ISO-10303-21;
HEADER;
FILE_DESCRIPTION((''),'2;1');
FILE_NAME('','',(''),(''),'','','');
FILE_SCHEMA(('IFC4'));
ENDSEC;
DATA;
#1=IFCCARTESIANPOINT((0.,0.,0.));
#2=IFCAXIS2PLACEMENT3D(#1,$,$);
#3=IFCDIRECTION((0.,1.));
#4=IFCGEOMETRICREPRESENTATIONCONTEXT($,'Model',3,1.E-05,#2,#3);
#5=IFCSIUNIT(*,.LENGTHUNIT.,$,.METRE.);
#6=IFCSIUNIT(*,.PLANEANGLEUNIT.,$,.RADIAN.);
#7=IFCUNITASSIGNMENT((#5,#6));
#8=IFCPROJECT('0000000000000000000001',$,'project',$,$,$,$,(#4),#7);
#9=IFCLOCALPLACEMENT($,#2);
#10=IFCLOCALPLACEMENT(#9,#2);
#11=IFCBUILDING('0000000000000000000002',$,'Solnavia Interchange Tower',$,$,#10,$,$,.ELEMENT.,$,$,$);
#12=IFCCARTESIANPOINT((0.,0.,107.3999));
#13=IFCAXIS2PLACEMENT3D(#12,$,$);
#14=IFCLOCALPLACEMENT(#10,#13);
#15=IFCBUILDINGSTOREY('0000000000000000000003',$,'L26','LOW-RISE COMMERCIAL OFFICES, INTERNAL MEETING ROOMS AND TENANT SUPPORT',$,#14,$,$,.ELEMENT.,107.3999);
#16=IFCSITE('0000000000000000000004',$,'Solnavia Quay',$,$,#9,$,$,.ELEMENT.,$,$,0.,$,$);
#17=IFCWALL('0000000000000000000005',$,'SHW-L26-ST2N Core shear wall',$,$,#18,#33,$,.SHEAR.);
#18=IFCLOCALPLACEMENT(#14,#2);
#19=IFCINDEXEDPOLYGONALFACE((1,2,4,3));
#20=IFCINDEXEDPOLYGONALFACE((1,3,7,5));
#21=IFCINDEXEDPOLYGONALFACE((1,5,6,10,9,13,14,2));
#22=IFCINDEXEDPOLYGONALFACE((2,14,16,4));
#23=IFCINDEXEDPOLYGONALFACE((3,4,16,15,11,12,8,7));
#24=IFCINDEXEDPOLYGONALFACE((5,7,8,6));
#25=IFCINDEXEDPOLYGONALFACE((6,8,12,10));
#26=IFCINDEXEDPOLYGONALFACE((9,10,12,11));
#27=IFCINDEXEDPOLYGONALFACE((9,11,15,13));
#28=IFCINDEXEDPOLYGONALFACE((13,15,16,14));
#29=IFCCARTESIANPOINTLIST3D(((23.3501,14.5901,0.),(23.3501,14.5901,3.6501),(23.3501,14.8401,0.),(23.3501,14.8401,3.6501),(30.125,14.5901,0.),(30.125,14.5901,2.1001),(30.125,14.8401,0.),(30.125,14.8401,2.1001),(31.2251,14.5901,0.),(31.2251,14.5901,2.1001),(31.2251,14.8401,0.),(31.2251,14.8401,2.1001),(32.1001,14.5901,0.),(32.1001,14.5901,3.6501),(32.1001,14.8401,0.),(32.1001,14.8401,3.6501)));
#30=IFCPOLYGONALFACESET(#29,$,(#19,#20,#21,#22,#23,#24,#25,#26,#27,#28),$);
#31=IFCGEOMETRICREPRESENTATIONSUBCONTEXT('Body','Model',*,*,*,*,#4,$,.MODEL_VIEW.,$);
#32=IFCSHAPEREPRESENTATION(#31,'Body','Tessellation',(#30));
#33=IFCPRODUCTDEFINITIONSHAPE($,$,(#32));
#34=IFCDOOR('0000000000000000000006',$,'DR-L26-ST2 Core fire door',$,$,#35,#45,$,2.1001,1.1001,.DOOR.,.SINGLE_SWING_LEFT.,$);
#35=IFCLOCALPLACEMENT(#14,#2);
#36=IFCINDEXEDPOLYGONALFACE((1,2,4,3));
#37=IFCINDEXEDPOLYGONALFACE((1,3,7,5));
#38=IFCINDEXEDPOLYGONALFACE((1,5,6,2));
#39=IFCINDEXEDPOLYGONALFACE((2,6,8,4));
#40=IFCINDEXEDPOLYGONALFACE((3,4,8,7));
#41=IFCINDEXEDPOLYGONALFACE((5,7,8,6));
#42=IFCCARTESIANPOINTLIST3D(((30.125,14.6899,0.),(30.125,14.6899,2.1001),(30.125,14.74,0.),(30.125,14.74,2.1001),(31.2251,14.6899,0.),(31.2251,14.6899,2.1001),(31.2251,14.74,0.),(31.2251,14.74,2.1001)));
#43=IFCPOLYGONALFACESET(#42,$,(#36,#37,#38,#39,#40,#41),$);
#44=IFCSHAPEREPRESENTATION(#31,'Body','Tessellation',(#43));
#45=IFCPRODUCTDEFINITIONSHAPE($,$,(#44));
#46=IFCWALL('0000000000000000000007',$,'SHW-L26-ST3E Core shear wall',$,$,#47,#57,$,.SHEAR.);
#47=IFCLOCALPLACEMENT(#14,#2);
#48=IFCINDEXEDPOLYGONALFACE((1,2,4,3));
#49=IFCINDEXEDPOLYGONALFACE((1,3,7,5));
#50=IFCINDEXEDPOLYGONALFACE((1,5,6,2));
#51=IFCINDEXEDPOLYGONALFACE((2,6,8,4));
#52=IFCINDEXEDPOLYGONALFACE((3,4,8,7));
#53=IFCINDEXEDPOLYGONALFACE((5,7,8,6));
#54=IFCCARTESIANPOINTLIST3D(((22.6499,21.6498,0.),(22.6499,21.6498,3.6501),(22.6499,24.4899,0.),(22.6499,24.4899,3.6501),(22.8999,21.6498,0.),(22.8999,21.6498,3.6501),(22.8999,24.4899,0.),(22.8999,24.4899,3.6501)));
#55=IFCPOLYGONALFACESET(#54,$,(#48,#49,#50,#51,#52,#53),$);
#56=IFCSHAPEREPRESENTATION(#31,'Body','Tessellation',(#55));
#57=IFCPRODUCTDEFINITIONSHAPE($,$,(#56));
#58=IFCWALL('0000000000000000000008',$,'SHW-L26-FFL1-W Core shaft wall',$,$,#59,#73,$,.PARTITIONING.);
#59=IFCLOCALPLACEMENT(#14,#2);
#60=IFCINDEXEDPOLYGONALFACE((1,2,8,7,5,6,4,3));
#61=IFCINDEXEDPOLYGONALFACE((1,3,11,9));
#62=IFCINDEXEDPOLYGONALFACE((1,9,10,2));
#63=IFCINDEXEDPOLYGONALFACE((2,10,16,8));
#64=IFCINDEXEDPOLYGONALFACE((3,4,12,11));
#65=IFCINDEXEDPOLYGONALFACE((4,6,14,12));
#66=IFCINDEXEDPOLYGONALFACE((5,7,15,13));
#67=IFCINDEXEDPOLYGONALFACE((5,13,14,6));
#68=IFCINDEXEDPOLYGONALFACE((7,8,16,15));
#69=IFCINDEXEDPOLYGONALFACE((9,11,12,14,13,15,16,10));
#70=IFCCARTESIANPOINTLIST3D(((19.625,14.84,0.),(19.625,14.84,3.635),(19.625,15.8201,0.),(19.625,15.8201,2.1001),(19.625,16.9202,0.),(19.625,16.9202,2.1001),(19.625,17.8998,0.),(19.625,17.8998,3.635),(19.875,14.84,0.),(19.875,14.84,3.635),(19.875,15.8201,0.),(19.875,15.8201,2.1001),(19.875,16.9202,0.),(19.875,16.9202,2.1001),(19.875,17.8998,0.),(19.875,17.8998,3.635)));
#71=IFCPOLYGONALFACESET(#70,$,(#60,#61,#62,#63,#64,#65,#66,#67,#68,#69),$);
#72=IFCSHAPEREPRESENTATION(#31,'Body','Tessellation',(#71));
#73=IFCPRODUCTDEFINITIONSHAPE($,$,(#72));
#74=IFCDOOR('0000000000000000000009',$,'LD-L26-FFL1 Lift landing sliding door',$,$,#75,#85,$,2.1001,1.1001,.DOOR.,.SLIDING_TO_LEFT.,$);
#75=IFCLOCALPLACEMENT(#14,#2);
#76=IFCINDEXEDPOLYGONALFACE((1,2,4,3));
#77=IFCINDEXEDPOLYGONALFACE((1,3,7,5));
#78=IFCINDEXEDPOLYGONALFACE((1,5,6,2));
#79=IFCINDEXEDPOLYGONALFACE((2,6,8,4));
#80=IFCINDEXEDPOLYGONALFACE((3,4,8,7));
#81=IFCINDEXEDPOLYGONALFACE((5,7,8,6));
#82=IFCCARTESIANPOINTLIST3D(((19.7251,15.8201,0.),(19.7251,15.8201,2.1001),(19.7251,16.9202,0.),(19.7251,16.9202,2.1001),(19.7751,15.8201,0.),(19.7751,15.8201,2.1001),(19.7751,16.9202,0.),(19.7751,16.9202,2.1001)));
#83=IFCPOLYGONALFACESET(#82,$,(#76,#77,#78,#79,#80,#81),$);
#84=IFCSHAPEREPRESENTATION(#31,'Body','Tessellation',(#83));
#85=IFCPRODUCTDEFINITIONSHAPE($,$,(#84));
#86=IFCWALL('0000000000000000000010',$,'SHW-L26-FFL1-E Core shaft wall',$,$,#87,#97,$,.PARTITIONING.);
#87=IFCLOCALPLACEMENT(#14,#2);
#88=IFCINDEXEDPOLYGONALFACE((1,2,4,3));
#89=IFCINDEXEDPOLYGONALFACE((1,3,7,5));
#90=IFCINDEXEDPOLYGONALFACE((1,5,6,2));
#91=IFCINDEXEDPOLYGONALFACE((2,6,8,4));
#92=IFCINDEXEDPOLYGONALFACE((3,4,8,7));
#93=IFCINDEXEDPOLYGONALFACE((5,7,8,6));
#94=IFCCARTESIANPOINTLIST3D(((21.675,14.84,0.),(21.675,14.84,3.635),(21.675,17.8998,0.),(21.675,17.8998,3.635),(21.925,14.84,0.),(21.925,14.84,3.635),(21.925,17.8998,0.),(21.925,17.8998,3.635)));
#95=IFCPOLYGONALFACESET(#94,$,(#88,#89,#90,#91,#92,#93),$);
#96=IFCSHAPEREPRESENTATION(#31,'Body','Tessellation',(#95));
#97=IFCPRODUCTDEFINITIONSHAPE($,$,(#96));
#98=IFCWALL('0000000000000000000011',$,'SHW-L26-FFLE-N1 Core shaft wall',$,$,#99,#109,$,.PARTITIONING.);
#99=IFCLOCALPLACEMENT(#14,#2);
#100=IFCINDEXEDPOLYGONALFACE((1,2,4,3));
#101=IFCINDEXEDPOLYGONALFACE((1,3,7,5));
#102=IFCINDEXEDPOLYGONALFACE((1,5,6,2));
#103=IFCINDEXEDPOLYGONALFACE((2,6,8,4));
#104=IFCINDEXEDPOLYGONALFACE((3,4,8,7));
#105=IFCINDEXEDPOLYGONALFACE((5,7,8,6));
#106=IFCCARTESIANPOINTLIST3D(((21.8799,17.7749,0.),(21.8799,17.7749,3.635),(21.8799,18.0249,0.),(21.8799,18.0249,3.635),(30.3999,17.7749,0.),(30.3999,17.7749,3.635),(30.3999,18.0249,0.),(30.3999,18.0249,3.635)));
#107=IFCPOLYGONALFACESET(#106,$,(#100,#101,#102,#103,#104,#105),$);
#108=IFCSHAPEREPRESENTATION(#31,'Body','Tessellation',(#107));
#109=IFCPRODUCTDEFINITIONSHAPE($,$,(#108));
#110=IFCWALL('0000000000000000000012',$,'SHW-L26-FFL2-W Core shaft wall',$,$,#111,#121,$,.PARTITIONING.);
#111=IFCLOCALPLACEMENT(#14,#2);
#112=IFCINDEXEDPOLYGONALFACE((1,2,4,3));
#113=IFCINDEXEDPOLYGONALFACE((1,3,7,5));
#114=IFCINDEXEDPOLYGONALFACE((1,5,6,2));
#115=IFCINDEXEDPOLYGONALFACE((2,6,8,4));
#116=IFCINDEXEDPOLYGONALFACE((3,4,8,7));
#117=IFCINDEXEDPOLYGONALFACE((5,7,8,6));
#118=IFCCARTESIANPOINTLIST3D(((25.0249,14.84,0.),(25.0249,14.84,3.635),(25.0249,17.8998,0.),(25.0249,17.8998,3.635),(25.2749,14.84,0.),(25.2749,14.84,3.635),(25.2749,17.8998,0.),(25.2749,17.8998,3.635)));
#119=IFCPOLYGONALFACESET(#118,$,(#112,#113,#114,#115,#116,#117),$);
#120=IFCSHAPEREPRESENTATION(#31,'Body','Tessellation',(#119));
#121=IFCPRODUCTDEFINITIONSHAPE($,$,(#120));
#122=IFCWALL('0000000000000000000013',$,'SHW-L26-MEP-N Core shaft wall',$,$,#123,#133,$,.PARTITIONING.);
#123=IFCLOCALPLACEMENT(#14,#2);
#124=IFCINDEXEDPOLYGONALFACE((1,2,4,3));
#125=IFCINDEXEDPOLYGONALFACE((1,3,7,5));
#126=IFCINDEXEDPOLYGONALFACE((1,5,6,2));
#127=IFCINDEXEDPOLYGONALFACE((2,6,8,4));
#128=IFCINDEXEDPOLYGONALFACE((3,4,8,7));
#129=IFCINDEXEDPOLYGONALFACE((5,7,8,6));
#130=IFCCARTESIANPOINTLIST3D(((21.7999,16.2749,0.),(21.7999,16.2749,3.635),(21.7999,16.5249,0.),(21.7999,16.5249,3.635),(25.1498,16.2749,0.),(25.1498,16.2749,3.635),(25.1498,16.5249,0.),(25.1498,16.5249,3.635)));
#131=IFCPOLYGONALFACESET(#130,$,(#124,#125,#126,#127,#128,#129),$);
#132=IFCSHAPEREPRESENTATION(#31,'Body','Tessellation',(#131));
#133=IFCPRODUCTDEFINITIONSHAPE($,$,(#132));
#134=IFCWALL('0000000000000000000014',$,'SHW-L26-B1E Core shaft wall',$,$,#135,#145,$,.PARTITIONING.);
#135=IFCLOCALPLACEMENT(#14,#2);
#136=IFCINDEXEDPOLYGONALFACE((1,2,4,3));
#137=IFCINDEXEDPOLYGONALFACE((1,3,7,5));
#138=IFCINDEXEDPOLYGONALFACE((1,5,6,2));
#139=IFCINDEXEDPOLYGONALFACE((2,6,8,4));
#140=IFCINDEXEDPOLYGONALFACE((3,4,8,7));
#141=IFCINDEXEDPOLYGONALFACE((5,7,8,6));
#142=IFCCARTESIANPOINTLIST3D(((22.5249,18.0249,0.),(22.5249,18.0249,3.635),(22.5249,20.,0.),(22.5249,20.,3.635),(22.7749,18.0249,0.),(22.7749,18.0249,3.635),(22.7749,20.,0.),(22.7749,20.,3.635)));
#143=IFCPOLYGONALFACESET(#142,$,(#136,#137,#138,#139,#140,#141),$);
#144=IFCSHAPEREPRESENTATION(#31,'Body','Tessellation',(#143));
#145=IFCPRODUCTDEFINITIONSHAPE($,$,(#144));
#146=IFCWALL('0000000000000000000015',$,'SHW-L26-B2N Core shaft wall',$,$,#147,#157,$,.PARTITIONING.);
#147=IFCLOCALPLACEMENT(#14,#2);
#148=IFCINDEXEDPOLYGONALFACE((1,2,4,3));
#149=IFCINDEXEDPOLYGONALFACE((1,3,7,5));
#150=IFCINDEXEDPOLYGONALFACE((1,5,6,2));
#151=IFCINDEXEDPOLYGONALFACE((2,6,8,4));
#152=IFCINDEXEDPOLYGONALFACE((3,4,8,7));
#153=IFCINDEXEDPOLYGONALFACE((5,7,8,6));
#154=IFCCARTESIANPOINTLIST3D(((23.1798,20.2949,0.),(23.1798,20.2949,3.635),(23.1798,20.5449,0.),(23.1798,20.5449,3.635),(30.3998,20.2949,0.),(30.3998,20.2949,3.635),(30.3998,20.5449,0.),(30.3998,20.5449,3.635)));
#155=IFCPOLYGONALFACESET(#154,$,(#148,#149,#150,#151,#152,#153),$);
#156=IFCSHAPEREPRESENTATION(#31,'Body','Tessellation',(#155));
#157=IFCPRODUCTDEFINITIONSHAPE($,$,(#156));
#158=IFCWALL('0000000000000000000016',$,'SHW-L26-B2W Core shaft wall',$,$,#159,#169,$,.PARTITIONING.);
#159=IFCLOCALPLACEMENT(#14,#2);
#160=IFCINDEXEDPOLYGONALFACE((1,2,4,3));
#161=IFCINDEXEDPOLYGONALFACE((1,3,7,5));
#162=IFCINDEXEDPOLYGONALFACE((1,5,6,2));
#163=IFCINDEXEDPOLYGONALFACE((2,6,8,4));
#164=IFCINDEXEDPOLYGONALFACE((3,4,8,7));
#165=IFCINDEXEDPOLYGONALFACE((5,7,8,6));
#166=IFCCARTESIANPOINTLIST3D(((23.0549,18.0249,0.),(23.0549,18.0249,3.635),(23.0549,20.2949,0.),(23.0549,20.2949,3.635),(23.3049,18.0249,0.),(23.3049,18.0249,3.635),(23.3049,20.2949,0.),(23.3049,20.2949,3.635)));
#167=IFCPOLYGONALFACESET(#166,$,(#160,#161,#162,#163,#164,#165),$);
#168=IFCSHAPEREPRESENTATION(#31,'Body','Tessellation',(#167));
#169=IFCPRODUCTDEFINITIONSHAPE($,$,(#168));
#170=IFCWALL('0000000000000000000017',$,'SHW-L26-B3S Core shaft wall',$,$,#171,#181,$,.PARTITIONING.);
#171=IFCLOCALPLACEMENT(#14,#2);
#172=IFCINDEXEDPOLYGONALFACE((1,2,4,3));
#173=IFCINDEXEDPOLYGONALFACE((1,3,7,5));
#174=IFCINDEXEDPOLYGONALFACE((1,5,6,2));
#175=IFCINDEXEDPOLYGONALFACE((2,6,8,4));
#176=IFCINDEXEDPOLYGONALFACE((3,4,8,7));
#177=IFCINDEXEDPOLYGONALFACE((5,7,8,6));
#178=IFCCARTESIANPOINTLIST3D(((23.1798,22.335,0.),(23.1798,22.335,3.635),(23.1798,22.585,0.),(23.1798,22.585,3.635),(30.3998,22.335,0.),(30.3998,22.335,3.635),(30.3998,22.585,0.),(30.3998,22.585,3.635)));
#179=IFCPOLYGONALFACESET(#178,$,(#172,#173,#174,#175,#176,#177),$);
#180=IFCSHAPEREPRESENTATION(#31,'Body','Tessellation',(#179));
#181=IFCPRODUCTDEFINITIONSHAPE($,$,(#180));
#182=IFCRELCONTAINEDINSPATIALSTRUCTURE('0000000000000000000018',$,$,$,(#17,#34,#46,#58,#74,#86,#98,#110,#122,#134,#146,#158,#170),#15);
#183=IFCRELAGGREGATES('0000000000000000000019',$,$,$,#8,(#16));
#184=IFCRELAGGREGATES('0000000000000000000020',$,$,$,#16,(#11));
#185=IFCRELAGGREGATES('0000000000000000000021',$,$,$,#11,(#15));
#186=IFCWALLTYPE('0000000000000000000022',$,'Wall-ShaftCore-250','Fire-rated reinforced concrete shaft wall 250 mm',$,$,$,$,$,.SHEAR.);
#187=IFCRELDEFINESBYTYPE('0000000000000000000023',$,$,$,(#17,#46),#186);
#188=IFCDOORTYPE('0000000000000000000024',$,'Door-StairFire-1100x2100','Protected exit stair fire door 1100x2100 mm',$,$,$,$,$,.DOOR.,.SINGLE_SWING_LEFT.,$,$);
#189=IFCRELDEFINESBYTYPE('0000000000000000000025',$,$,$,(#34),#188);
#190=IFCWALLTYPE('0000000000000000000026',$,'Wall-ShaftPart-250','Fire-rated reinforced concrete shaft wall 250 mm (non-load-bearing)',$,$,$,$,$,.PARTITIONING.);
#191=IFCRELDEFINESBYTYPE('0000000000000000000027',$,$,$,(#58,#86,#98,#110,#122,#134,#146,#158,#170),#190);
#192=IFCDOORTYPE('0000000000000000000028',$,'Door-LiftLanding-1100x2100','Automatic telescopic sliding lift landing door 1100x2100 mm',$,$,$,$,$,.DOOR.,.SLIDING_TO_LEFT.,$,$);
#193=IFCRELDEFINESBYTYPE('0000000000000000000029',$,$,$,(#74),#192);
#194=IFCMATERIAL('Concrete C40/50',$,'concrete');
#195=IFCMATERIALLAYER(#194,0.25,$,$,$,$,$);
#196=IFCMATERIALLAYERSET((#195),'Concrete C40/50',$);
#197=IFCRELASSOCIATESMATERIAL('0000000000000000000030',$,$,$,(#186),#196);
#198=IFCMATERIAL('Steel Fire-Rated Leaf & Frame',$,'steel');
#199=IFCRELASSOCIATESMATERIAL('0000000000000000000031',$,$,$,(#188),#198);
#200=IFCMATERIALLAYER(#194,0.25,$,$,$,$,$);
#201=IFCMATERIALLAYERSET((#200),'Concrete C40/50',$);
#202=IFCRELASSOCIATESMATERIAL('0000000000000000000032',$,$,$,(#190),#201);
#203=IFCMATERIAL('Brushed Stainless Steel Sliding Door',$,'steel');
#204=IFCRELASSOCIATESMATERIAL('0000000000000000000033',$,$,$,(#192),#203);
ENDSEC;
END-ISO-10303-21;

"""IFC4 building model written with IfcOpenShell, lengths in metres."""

from ifc_helpers import new_model, si_unit, direction, frame, frame_2d, origin, place, context, subcontext, project, spatial, rectangle, extrude, material, layer, layer_set, type_object, element, fill, save


model = new_model("IFC4")

# Units and contexts
model_context = context("Model", 3, precision=1e-05, world=origin(), true_north=direction((0.0, 1.0)))
body_context = subcontext(model_context, "Body", "Model", "MODEL_VIEW")
ifc_project = project(units=[si_unit("LENGTHUNIT", "METRE"), si_unit("PLANEANGLEUNIT", "RADIAN")], contexts=[model_context])

# Site, building, storey
site_placement = place(None, origin())
site = spatial("IfcSite", under=ifc_project, at=site_placement, Name="Solnavia Quay", CompositionType="ELEMENT", RefElevation=0.0)
building_placement = place(site_placement, origin())
building = spatial("IfcBuilding", under=site, at=building_placement, Name="Solnavia Interchange Tower", CompositionType="ELEMENT")
storey_placement = place(building_placement, frame((0.0, 0.0, 107.3999)))
storey = spatial("IfcBuildingStorey", under=building, at=storey_placement, Name="L26", Description="LOW-RISE COMMERCIAL OFFICES, INTERNAL MEETING ROOMS AND TENANT SUPPORT", CompositionType="ELEMENT", Elevation=107.3999)

# Wall, opening, door
ifc_material_1 = material(Name="Concrete C40/50", Category="concrete")
ifc_layer_1 = layer(ifc_material_1, 0.25)
ifc_layer_set_1 = layer_set([ifc_layer_1], Name="Concrete C40/50")
wall_type_1 = type_object("IfcWallType", Name="Wall-ShaftCore-250", Description="Fire-rated reinforced concrete shaft wall 250 mm", PredefinedType="SHEAR", material=ifc_layer_set_1)
wall_1_placement = place(storey_placement, frame((23.3501, 14.7151, 0.0), z_axis=(0.0, 0.0, 1.0), x_axis=(1.0, 0.0, 0.0)))
wall_1 = element("IfcWall", 1, at=wall_1_placement, inside=storey, type_object=wall_type_1, Name="SHW-L26-ST2N Core shear wall", PredefinedType="SHEAR", context=body_context, shape_type="SweptSolid", body=[
    extrude(rectangle(XDim=8.75, YDim=0.25, at=frame_2d((4.375, 0.0))), origin(), (0.0, 0.0, 1.0), 3.6501),
])
opening_1_placement = place(wall_1_placement, frame((6.7749, 0.0, 0.0)))
opening_1 = element("IfcOpeningElement", 2, at=opening_1_placement, cuts=wall_1, PredefinedType="OPENING", context=body_context, shape_type="SweptSolid", body=[
    extrude(rectangle(XDim=1.1001, YDim=2.1001, at=frame_2d((0.55, 1.05))), frame((0.0, 0.135, 0.0), z_axis=(0.0, -1.0, 0.0), x_axis=(1.0, 0.0, 0.0)), (0.0, 0.0, 1.0), 0.27),
])
ifc_material_2 = material(Name="Steel Fire-Rated Leaf & Frame", Category="steel")
door_type_1 = type_object("IfcDoorType", Name="Door-StairFire-1100x2100", Description="Protected exit stair fire door 1100x2100 mm", OperationType="SINGLE_SWING_LEFT", PredefinedType="DOOR", material=ifc_material_2)
door_1_placement = place(opening_1_placement, origin())
door_1 = element("IfcDoor", 3, at=door_1_placement, inside=storey, type_object=door_type_1, Name="DR-L26-ST2 Core fire door", OperationType="SINGLE_SWING_LEFT", OverallHeight=2.1001, OverallWidth=1.1001, PredefinedType="DOOR", context=body_context, shape_type="SweptSolid", body=[
    extrude(rectangle(XDim=1.1001, YDim=2.1001, at=frame_2d((0.55, 1.05))), frame((0.0, 0.0249, 0.0), z_axis=(0.0, -1.0, 0.0), x_axis=(1.0, 0.0, 0.0)), (0.0, 0.0, 1.0), 0.05),
])
fill(opening_1, door_1)

# Wall
wall_2_placement = place(storey_placement, frame((22.7749, 21.6499, 0.0), z_axis=(0.0, 0.0, 1.0), x_axis=(0.0, 1.0, 0.0)))
element("IfcWall", 4, at=wall_2_placement, inside=storey, type_object=wall_type_1, Name="SHW-L26-ST3E Core shear wall", PredefinedType="SHEAR", context=body_context, shape_type="SweptSolid", body=[
    extrude(rectangle(XDim=2.8401, YDim=0.25, at=frame_2d((1.4199, 0.0))), origin(), (0.0, 0.0, 1.0), 3.6501),
])

# Wall, opening, door
ifc_layer_2 = layer(ifc_material_1, 0.25)
ifc_layer_set_2 = layer_set([ifc_layer_2], Name="Concrete C40/50")
wall_type_2 = type_object("IfcWallType", Name="Wall-ShaftPart-250", Description="Fire-rated reinforced concrete shaft wall 250 mm (non-load-bearing)", PredefinedType="PARTITIONING", material=ifc_layer_set_2)
wall_3_placement = place(storey_placement, frame((19.75, 14.8401, 0.0), z_axis=(0.0, 0.0, 1.0), x_axis=(0.0, 1.0, 0.0)))
wall_3 = element("IfcWall", 5, at=wall_3_placement, inside=storey, type_object=wall_type_2, Name="SHW-L26-FFL1-W Core shaft wall", PredefinedType="PARTITIONING", context=body_context, shape_type="SweptSolid", body=[
    extrude(rectangle(XDim=3.0598, YDim=0.25, at=frame_2d((1.5298, 0.0))), origin(), (0.0, 0.0, 1.0), 3.635),
])
opening_2_placement = place(wall_3_placement, frame((0.98, 0.0, 0.0)))
opening_2 = element("IfcOpeningElement", 6, at=opening_2_placement, cuts=wall_3, PredefinedType="OPENING", context=body_context, shape_type="SweptSolid", body=[
    extrude(rectangle(XDim=1.1001, YDim=2.1001, at=frame_2d((0.55, 1.05))), frame((0.0, 0.135, 0.0), z_axis=(0.0, -1.0, 0.0), x_axis=(1.0, 0.0, 0.0)), (0.0, 0.0, 1.0), 0.27),
])
ifc_material_3 = material(Name="Brushed Stainless Steel Sliding Door", Category="steel")
door_type_2 = type_object("IfcDoorType", Name="Door-LiftLanding-1100x2100", Description="Automatic telescopic sliding lift landing door 1100x2100 mm", OperationType="SLIDING_TO_LEFT", PredefinedType="DOOR", material=ifc_material_3)
door_2_placement = place(opening_2_placement, origin())
door_2 = element("IfcDoor", 7, at=door_2_placement, inside=storey, type_object=door_type_2, Name="LD-L26-FFL1 Lift landing sliding door", OperationType="SLIDING_TO_LEFT", OverallHeight=2.1001, OverallWidth=1.1001, PredefinedType="DOOR", context=body_context, shape_type="SweptSolid", body=[
    extrude(rectangle(XDim=1.1001, YDim=2.1001, at=frame_2d((0.55, 1.05))), frame((0.0, 0.0249, 0.0), z_axis=(0.0, -1.0, 0.0), x_axis=(1.0, 0.0, 0.0)), (0.0, 0.0, 1.0), 0.05),
])
fill(opening_2, door_2)

# Walls
wall_4_placement = place(storey_placement, frame((21.8, 14.8401, 0.0), z_axis=(0.0, 0.0, 1.0), x_axis=(0.0, 1.0, 0.0)))
element("IfcWall", 8, at=wall_4_placement, inside=storey, type_object=wall_type_2, Name="SHW-L26-FFL1-E Core shaft wall", PredefinedType="PARTITIONING", context=body_context, shape_type="SweptSolid", body=[
    extrude(rectangle(XDim=3.0598, YDim=0.25, at=frame_2d((1.5298, 0.0))), origin(), (0.0, 0.0, 1.0), 3.635),
])
wall_5_placement = place(storey_placement, frame((21.8799, 17.8999, 0.0), z_axis=(0.0, 0.0, 1.0), x_axis=(1.0, 0.0, 0.0)))
element("IfcWall", 9, at=wall_5_placement, inside=storey, type_object=wall_type_2, Name="SHW-L26-FFLE-N1 Core shaft wall", PredefinedType="PARTITIONING", context=body_context, shape_type="SweptSolid", body=[
    extrude(rectangle(XDim=8.52, YDim=0.25, at=frame_2d((4.26, 0.0))), origin(), (0.0, 0.0, 1.0), 3.635),
])
wall_6_placement = place(storey_placement, frame((25.1499, 14.8401, 0.0), z_axis=(0.0, 0.0, 1.0), x_axis=(0.0, 1.0, 0.0)))
element("IfcWall", 10, at=wall_6_placement, inside=storey, type_object=wall_type_2, Name="SHW-L26-FFL2-W Core shaft wall", PredefinedType="PARTITIONING", context=body_context, shape_type="SweptSolid", body=[
    extrude(rectangle(XDim=3.0598, YDim=0.25, at=frame_2d((1.5298, 0.0))), origin(), (0.0, 0.0, 1.0), 3.635),
])
wall_7_placement = place(storey_placement, frame((21.8, 16.3999, 0.0), z_axis=(0.0, 0.0, 1.0), x_axis=(1.0, 0.0, 0.0)))
element("IfcWall", 11, at=wall_7_placement, inside=storey, type_object=wall_type_2, Name="SHW-L26-MEP-N Core shaft wall", PredefinedType="PARTITIONING", context=body_context, shape_type="SweptSolid", body=[
    extrude(rectangle(XDim=3.3499, YDim=0.25, at=frame_2d((1.6748, 0.0))), origin(), (0.0, 0.0, 1.0), 3.635),
])
wall_8_placement = place(storey_placement, frame((22.6499, 18.0249, 0.0), z_axis=(0.0, 0.0, 1.0), x_axis=(0.0, 1.0, 0.0)))
element("IfcWall", 12, at=wall_8_placement, inside=storey, type_object=wall_type_2, Name="SHW-L26-B1E Core shaft wall", PredefinedType="PARTITIONING", context=body_context, shape_type="SweptSolid", body=[
    extrude(rectangle(XDim=1.9751, YDim=0.25, at=frame_2d((0.9875, 0.0))), origin(), (0.0, 0.0, 1.0), 3.635),
])
wall_9_placement = place(storey_placement, frame((23.1799, 20.4199, 0.0), z_axis=(0.0, 0.0, 1.0), x_axis=(1.0, 0.0, 0.0)))
element("IfcWall", 13, at=wall_9_placement, inside=storey, type_object=wall_type_2, Name="SHW-L26-B2N Core shaft wall", PredefinedType="PARTITIONING", context=body_context, shape_type="SweptSolid", body=[
    extrude(rectangle(XDim=7.22, YDim=0.25, at=frame_2d((3.6099, 0.0))), origin(), (0.0, 0.0, 1.0), 3.635),
])
wall_10_placement = place(storey_placement, frame((23.1799, 18.0249, 0.0), z_axis=(0.0, 0.0, 1.0), x_axis=(0.0, 1.0, 0.0)))
element("IfcWall", 14, at=wall_10_placement, inside=storey, type_object=wall_type_2, Name="SHW-L26-B2W Core shaft wall", PredefinedType="PARTITIONING", context=body_context, shape_type="SweptSolid", body=[
    extrude(rectangle(XDim=2.27, YDim=0.25, at=frame_2d((1.135, 0.0))), origin(), (0.0, 0.0, 1.0), 3.635),
])
wall_11_placement = place(storey_placement, frame((23.1799, 22.46, 0.0), z_axis=(0.0, 0.0, 1.0), x_axis=(1.0, 0.0, 0.0)))
element("IfcWall", 15, at=wall_11_placement, inside=storey, type_object=wall_type_2, Name="SHW-L26-B3S Core shaft wall", PredefinedType="PARTITIONING", context=body_context, shape_type="SweptSolid", body=[
    extrude(rectangle(XDim=7.22, YDim=0.25, at=frame_2d((3.6099, 0.0))), origin(), (0.0, 0.0, 1.0), 3.635),
])

save(model, "model.ifc")
